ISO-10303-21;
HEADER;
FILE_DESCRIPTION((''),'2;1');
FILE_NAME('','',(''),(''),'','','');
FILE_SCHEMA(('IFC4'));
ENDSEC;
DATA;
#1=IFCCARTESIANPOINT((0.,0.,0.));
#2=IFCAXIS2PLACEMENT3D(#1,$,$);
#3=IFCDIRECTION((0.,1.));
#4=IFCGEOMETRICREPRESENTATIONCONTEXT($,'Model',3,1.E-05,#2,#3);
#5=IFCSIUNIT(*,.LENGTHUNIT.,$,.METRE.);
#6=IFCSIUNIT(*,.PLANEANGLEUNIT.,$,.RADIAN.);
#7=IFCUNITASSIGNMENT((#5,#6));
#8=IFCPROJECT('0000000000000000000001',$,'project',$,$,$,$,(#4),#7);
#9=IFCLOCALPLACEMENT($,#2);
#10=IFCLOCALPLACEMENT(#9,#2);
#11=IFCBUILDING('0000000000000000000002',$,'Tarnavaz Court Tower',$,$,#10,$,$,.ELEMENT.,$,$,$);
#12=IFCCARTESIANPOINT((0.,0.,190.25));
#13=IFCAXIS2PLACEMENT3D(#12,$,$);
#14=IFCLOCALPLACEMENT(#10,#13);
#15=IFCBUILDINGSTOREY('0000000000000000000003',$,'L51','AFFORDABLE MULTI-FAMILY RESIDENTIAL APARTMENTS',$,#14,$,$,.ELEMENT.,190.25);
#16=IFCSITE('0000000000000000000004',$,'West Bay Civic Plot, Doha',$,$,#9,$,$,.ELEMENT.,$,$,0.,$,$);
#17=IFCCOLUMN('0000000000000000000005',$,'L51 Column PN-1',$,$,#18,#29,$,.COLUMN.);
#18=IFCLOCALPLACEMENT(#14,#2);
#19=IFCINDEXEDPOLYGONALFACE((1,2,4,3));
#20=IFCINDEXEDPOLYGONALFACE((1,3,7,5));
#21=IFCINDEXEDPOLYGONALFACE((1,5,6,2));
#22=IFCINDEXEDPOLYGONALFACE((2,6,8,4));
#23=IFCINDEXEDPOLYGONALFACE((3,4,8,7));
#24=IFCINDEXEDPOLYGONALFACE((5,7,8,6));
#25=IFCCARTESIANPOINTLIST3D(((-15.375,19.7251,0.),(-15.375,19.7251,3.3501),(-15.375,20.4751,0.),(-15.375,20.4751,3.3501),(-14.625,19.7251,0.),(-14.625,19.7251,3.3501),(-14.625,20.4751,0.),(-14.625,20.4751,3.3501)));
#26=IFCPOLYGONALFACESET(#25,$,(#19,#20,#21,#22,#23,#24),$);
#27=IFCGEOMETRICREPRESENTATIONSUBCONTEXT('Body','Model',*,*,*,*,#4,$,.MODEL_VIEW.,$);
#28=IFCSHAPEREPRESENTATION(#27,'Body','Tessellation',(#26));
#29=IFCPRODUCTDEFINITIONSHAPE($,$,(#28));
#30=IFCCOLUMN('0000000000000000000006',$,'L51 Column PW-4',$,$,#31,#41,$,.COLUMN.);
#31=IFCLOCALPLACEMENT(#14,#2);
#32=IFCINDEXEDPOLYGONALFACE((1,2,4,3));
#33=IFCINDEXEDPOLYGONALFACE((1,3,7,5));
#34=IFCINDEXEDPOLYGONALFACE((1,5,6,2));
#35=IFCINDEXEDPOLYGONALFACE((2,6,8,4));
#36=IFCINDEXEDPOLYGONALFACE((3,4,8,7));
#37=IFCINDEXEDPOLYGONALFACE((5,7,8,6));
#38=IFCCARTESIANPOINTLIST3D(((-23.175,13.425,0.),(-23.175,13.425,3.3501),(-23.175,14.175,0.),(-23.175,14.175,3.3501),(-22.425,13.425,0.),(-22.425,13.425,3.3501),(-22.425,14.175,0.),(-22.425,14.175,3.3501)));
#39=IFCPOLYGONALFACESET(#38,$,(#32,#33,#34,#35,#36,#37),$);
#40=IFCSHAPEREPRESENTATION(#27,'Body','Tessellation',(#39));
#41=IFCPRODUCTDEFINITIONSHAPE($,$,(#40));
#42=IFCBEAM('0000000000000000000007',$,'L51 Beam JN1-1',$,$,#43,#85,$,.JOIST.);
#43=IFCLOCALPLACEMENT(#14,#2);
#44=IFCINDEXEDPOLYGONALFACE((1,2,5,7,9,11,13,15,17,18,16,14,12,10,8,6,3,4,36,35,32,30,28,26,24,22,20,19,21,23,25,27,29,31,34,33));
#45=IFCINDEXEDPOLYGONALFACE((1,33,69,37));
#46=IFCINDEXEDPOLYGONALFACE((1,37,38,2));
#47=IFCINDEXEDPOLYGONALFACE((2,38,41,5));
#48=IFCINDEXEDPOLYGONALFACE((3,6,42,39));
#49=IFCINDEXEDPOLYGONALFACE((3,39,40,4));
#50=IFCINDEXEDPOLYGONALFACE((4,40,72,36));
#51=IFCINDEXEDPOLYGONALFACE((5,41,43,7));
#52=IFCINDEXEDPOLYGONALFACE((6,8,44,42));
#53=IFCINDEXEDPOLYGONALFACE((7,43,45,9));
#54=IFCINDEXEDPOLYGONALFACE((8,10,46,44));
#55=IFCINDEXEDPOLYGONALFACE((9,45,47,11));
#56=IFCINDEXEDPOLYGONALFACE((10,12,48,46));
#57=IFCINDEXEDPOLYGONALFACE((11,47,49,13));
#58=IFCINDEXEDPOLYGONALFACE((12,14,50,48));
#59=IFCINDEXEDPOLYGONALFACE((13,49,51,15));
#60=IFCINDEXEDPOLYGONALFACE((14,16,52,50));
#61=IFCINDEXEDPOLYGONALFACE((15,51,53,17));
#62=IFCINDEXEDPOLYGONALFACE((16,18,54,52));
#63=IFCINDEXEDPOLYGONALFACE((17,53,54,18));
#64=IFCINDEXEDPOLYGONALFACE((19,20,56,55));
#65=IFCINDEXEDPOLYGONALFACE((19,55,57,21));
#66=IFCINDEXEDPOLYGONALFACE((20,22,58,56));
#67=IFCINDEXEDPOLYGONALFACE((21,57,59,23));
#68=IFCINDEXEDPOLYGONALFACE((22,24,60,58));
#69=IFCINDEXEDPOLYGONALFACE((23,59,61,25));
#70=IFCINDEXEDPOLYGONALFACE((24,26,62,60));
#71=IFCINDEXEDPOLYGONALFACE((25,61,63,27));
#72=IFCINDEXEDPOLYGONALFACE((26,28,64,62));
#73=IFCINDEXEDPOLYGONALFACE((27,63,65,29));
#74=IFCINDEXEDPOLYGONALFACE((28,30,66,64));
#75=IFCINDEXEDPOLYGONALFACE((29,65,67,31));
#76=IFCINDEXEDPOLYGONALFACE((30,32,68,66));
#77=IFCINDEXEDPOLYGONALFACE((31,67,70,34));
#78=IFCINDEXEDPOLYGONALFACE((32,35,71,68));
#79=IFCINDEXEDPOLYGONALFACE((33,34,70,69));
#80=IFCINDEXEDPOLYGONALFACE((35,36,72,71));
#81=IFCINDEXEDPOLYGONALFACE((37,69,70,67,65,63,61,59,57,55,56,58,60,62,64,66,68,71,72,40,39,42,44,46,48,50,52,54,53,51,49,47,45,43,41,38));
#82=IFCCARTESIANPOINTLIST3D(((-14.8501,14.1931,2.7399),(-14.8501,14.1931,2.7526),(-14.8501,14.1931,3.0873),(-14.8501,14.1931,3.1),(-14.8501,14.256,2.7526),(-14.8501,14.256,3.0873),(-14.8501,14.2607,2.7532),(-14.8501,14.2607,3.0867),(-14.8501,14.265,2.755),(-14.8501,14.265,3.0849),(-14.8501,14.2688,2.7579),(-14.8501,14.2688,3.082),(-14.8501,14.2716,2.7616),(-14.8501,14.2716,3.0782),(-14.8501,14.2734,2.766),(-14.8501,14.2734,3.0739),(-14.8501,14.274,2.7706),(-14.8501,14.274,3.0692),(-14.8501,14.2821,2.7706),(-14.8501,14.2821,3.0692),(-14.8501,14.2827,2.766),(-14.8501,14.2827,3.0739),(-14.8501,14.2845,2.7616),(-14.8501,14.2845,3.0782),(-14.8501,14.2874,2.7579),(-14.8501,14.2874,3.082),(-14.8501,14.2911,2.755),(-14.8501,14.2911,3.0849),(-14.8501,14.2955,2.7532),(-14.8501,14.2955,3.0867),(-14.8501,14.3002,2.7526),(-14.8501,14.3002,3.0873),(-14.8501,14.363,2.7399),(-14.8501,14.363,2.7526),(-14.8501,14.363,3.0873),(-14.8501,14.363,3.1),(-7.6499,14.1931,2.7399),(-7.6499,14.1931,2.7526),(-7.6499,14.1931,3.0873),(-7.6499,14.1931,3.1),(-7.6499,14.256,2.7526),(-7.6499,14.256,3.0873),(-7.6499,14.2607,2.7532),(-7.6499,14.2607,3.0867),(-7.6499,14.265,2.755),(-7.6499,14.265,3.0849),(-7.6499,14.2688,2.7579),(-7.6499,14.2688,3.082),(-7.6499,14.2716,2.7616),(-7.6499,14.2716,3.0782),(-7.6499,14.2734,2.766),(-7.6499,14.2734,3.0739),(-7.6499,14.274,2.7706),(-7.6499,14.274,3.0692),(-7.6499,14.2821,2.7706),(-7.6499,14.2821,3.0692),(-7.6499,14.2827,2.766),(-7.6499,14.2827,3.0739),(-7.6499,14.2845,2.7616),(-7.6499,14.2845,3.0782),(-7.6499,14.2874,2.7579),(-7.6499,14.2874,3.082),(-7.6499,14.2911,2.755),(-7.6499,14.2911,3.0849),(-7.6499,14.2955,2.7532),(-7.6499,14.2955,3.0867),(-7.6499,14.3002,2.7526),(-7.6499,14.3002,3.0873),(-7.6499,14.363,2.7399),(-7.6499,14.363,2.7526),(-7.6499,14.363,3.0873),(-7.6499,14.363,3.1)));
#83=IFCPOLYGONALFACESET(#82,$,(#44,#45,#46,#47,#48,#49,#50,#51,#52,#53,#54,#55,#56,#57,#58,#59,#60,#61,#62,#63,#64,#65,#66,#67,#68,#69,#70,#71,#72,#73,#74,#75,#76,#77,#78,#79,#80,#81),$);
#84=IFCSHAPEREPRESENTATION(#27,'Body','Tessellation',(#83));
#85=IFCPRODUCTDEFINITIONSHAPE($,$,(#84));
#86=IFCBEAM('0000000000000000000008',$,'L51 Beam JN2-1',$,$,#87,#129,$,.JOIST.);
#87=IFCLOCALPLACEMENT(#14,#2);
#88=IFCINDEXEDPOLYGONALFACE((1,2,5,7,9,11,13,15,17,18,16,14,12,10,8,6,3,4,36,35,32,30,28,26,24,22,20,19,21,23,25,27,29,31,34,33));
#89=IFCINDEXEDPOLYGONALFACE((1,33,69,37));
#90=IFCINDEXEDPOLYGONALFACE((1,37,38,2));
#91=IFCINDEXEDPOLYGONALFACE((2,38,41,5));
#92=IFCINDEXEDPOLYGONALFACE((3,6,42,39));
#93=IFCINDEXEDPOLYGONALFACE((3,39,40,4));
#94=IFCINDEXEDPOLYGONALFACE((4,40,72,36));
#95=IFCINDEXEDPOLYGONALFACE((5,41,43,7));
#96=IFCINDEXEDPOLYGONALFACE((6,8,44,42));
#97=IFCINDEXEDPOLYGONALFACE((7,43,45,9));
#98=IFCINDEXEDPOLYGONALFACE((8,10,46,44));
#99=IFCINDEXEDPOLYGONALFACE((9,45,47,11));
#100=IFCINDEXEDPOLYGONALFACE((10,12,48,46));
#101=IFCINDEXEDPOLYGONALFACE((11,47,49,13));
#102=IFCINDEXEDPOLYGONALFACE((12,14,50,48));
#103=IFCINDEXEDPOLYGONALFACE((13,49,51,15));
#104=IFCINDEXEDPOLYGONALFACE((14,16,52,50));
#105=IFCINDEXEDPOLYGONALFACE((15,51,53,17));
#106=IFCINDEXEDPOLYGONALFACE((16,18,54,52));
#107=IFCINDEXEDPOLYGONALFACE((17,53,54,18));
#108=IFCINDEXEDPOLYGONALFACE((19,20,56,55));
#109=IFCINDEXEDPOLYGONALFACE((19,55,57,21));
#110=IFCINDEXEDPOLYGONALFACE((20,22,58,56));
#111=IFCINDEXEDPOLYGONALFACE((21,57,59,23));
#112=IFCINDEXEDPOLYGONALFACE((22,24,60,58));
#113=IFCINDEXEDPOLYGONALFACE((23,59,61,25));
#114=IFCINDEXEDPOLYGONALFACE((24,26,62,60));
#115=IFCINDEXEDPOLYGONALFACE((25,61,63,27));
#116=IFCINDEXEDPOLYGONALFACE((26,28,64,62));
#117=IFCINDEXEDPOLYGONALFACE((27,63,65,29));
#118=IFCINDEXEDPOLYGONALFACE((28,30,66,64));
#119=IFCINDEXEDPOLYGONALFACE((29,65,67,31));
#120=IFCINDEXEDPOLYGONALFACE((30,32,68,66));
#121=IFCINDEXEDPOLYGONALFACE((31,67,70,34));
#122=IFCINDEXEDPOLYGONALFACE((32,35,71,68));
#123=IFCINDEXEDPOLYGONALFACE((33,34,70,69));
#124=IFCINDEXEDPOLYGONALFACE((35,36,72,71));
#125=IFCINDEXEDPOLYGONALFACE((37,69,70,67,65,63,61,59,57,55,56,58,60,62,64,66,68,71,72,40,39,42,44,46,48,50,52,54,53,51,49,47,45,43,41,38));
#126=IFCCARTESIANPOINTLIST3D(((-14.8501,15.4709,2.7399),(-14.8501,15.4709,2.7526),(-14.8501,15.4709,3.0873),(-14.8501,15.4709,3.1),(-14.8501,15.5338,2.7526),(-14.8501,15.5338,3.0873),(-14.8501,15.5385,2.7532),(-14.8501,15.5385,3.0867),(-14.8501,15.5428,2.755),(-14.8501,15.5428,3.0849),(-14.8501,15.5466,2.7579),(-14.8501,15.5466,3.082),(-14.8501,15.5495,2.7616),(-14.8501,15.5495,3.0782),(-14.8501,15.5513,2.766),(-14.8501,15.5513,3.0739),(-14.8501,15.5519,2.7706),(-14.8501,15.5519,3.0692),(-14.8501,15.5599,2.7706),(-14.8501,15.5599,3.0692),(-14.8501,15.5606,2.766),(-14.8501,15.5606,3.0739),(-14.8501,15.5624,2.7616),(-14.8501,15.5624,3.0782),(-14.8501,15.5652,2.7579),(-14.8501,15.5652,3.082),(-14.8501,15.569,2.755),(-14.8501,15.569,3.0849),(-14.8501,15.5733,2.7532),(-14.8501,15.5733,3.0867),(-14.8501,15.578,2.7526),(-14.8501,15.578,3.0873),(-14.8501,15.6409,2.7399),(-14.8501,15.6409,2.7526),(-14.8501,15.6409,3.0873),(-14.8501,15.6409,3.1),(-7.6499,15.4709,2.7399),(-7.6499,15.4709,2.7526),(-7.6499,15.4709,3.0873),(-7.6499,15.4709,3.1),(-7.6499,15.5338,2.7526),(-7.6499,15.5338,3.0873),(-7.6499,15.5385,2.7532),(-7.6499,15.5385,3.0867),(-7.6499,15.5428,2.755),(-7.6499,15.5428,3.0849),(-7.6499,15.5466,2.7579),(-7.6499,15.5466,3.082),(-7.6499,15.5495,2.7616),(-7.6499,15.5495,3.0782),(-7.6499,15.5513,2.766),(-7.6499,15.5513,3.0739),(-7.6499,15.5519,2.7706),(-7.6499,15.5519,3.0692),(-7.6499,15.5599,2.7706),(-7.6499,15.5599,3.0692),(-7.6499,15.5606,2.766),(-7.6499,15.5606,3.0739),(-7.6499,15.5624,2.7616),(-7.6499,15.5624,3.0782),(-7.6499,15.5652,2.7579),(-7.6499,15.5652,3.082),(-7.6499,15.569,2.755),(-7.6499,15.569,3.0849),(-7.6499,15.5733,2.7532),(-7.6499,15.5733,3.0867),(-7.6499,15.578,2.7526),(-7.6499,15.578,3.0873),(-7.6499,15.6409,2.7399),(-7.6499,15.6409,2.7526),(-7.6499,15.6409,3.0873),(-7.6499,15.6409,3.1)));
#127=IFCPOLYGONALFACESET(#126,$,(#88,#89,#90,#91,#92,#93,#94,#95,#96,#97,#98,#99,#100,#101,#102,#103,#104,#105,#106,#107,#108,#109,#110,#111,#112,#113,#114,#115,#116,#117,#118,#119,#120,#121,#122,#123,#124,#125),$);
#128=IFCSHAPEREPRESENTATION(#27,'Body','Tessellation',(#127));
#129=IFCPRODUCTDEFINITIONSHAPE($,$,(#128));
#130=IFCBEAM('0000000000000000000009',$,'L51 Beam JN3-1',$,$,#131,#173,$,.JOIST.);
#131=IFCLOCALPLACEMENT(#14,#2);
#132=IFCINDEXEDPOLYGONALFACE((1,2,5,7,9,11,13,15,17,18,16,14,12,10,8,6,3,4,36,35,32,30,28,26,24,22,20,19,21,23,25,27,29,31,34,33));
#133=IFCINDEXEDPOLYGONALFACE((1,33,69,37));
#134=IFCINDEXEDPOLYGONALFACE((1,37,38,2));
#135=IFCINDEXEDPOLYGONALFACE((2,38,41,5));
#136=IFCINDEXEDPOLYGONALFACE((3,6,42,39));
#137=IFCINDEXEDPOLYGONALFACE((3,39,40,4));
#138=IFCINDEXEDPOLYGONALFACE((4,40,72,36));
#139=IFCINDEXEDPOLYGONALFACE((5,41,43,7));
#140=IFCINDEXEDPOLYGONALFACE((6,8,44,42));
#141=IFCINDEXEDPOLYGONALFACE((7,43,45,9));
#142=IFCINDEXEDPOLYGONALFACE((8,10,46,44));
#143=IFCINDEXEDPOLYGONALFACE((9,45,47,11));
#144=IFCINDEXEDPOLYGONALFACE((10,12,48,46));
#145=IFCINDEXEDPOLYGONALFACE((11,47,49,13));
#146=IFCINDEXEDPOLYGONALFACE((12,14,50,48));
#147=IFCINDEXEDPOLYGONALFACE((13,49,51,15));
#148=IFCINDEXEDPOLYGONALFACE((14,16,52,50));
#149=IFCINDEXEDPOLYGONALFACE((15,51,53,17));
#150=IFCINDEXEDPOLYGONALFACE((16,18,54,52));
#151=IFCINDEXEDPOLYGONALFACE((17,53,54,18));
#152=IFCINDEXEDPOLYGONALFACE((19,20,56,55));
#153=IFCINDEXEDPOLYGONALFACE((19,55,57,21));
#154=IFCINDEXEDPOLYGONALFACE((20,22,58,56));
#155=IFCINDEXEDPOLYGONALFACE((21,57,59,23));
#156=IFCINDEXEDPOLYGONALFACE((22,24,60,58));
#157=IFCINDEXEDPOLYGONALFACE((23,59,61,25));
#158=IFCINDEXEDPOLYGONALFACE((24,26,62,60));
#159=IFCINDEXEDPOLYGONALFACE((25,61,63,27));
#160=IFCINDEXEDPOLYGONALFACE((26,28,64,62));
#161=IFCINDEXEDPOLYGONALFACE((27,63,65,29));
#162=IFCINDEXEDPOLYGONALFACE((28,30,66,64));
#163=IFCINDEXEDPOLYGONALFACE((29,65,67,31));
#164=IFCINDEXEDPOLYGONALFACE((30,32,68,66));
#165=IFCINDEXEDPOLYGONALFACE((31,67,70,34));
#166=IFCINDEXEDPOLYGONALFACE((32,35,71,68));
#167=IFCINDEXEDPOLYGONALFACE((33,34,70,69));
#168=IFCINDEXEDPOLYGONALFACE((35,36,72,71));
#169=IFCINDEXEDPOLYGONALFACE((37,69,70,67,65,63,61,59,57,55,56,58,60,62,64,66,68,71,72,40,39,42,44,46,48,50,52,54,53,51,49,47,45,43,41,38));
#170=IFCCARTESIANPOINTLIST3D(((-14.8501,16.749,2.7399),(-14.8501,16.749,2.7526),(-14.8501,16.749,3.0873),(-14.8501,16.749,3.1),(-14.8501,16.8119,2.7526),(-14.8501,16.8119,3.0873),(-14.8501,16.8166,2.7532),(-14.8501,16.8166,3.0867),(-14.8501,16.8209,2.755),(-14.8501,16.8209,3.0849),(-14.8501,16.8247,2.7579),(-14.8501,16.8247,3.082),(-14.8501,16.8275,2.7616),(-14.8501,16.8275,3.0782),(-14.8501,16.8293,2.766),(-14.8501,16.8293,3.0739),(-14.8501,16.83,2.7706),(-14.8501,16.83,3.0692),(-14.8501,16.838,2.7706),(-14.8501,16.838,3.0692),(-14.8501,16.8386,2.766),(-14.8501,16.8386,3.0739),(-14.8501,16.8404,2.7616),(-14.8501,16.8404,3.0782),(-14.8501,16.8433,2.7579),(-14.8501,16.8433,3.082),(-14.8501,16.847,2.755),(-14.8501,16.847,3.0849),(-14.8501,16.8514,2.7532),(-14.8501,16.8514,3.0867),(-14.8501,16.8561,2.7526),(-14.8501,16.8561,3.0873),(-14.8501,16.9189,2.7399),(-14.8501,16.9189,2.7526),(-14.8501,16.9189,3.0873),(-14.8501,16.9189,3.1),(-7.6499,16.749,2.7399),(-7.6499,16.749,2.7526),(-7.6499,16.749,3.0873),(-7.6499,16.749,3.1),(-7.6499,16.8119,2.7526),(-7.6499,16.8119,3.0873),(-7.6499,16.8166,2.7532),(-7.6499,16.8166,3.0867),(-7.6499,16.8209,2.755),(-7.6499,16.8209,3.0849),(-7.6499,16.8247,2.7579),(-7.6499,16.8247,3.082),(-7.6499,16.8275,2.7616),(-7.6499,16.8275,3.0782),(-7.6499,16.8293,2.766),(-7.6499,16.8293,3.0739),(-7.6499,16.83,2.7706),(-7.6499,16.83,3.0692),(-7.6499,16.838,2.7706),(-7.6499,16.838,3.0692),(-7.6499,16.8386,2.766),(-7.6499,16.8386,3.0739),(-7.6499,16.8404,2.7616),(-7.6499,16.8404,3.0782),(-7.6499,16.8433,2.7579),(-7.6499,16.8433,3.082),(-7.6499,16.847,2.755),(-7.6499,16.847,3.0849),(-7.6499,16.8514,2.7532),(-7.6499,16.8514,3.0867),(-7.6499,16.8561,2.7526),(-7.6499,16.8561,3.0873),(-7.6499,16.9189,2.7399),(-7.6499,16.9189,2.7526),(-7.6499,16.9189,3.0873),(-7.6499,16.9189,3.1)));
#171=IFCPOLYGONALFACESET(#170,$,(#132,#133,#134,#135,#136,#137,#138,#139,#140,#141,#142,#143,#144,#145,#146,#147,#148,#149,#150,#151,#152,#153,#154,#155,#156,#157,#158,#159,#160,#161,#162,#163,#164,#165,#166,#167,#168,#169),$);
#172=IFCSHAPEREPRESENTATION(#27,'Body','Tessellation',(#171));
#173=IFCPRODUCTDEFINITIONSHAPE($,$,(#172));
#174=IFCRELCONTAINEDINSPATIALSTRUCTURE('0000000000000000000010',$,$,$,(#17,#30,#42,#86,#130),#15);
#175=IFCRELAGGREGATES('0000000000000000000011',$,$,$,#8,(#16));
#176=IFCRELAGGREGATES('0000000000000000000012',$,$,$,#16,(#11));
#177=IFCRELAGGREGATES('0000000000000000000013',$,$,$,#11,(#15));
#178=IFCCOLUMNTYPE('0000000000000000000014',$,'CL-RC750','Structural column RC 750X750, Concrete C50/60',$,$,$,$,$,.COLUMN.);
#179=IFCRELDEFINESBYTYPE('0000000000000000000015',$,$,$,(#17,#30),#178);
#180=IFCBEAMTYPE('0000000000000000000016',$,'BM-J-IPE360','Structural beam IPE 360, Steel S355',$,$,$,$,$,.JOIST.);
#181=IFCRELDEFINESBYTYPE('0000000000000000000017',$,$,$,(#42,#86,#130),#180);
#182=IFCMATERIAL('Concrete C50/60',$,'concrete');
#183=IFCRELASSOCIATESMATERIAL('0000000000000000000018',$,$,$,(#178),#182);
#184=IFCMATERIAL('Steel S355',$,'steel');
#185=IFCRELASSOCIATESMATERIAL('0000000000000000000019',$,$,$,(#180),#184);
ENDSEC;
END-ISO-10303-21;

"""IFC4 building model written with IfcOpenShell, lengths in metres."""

from ifc_helpers import new_model, si_unit, direction, frame, origin, origin_2d, place, context, subcontext, project, spatial, rectangle, i_section, extrude, material, material_profile, profile_set, type_object, element, save


model = new_model("IFC4")

# Units and contexts
model_context = context("Model", 3, precision=1e-05, world=origin(), true_north=direction((0.0, 1.0)))
body_context = subcontext(model_context, "Body", "Model", "MODEL_VIEW")
ifc_project = project(units=[si_unit("LENGTHUNIT", "METRE"), si_unit("PLANEANGLEUNIT", "RADIAN")], contexts=[model_context])

# Site, building, storey
site_placement = place(None, origin())
site = spatial("IfcSite", under=ifc_project, at=site_placement, Name="West Bay Civic Plot, Doha", CompositionType="ELEMENT", RefElevation=0.0)
building_placement = place(site_placement, origin())
building = spatial("IfcBuilding", under=site, at=building_placement, Name="Tarnavaz Court Tower", CompositionType="ELEMENT")
storey_placement = place(building_placement, frame((0.0, 0.0, 190.25)))
storey = spatial("IfcBuildingStorey", under=building, at=storey_placement, Name="L51", Description="AFFORDABLE MULTI-FAMILY RESIDENTIAL APARTMENTS", CompositionType="ELEMENT", Elevation=190.25)

# Columns
ifc_material_1 = material(Name="Concrete C50/60", Category="concrete")
ifc_material_profile_1 = material_profile(ifc_material_1, rectangle(XDim=0.75, YDim=0.75, at=origin_2d()), Name="RC 750X750")
ifc_profile_set_1 = profile_set([ifc_material_profile_1], Name="Concrete C50/60")
column_type = type_object("IfcColumnType", Name="CL-RC750", Description="Structural column RC 750X750, Concrete C50/60", PredefinedType="COLUMN", material=ifc_profile_set_1)
for number, where, z_axis, x_axis, name in (
    (1, (-15.0, 20.1001, 0.0), (0.0, 0.0, 1.0), (1.0, 0.0, 0.0), "L51 Column PN-1"),
    (2, (-22.8, 13.8, 0.0), (0.0, 0.0, 1.0), (1.0, 0.0, 0.0), "L51 Column PW-4"),
):
    element("IfcColumn", number, at=place(storey_placement, frame(where, z_axis=z_axis, x_axis=x_axis)), inside=storey, type_object=column_type, Name=name, PredefinedType="COLUMN", context=body_context, shape_type="SweptSolid", body=[
        extrude(rectangle(XDim=0.75, YDim=0.75, at=origin_2d()), origin(), (0.0, 0.0, 1.0), 3.3501),
    ])

# Beams
ifc_material_2 = material(Name="Steel S355", Category="steel")
ifc_material_profile_2 = material_profile(ifc_material_2, i_section(OverallWidth=0.1699, OverallDepth=0.3601, WebThickness=0.0081, FlangeThickness=0.0127, FilletRadius=0.0181, at=origin_2d()), Name="IPE 360")
ifc_profile_set_2 = profile_set([ifc_material_profile_2], Name="Steel S355")
beam_type_1 = type_object("IfcBeamType", Name="BM-J-IPE360", Description="Structural beam IPE 360, Steel S355", PredefinedType="JOIST", material=ifc_profile_set_2)
for number, where, z_axis, x_axis, name in (
    (3, (-14.8501, 14.2781, 2.9199), (1.0, 0.0, 0.0), (0.0, 1.0, 0.0), "L51 Beam JN1-1"),
    (4, (-14.8501, 15.5559, 2.9199), (1.0, 0.0, 0.0), (0.0, 1.0, 0.0), "L51 Beam JN2-1"),
    (5, (-14.8501, 16.834, 2.9199), (1.0, 0.0, 0.0), (0.0, 1.0, 0.0), "L51 Beam JN3-1"),
):
    element("IfcBeam", number, at=place(storey_placement, frame(where, z_axis=z_axis, x_axis=x_axis)), inside=storey, type_object=beam_type_1, Name=name, PredefinedType="JOIST", context=body_context, shape_type="SweptSolid", body=[
        extrude(i_section(OverallWidth=0.1699, OverallDepth=0.3601, WebThickness=0.0081, FlangeThickness=0.0127, FilletRadius=0.0181, at=origin_2d()), origin(), (0.0, 0.0, 1.0), 7.2002),
    ])

save(model, "model.ifc")
